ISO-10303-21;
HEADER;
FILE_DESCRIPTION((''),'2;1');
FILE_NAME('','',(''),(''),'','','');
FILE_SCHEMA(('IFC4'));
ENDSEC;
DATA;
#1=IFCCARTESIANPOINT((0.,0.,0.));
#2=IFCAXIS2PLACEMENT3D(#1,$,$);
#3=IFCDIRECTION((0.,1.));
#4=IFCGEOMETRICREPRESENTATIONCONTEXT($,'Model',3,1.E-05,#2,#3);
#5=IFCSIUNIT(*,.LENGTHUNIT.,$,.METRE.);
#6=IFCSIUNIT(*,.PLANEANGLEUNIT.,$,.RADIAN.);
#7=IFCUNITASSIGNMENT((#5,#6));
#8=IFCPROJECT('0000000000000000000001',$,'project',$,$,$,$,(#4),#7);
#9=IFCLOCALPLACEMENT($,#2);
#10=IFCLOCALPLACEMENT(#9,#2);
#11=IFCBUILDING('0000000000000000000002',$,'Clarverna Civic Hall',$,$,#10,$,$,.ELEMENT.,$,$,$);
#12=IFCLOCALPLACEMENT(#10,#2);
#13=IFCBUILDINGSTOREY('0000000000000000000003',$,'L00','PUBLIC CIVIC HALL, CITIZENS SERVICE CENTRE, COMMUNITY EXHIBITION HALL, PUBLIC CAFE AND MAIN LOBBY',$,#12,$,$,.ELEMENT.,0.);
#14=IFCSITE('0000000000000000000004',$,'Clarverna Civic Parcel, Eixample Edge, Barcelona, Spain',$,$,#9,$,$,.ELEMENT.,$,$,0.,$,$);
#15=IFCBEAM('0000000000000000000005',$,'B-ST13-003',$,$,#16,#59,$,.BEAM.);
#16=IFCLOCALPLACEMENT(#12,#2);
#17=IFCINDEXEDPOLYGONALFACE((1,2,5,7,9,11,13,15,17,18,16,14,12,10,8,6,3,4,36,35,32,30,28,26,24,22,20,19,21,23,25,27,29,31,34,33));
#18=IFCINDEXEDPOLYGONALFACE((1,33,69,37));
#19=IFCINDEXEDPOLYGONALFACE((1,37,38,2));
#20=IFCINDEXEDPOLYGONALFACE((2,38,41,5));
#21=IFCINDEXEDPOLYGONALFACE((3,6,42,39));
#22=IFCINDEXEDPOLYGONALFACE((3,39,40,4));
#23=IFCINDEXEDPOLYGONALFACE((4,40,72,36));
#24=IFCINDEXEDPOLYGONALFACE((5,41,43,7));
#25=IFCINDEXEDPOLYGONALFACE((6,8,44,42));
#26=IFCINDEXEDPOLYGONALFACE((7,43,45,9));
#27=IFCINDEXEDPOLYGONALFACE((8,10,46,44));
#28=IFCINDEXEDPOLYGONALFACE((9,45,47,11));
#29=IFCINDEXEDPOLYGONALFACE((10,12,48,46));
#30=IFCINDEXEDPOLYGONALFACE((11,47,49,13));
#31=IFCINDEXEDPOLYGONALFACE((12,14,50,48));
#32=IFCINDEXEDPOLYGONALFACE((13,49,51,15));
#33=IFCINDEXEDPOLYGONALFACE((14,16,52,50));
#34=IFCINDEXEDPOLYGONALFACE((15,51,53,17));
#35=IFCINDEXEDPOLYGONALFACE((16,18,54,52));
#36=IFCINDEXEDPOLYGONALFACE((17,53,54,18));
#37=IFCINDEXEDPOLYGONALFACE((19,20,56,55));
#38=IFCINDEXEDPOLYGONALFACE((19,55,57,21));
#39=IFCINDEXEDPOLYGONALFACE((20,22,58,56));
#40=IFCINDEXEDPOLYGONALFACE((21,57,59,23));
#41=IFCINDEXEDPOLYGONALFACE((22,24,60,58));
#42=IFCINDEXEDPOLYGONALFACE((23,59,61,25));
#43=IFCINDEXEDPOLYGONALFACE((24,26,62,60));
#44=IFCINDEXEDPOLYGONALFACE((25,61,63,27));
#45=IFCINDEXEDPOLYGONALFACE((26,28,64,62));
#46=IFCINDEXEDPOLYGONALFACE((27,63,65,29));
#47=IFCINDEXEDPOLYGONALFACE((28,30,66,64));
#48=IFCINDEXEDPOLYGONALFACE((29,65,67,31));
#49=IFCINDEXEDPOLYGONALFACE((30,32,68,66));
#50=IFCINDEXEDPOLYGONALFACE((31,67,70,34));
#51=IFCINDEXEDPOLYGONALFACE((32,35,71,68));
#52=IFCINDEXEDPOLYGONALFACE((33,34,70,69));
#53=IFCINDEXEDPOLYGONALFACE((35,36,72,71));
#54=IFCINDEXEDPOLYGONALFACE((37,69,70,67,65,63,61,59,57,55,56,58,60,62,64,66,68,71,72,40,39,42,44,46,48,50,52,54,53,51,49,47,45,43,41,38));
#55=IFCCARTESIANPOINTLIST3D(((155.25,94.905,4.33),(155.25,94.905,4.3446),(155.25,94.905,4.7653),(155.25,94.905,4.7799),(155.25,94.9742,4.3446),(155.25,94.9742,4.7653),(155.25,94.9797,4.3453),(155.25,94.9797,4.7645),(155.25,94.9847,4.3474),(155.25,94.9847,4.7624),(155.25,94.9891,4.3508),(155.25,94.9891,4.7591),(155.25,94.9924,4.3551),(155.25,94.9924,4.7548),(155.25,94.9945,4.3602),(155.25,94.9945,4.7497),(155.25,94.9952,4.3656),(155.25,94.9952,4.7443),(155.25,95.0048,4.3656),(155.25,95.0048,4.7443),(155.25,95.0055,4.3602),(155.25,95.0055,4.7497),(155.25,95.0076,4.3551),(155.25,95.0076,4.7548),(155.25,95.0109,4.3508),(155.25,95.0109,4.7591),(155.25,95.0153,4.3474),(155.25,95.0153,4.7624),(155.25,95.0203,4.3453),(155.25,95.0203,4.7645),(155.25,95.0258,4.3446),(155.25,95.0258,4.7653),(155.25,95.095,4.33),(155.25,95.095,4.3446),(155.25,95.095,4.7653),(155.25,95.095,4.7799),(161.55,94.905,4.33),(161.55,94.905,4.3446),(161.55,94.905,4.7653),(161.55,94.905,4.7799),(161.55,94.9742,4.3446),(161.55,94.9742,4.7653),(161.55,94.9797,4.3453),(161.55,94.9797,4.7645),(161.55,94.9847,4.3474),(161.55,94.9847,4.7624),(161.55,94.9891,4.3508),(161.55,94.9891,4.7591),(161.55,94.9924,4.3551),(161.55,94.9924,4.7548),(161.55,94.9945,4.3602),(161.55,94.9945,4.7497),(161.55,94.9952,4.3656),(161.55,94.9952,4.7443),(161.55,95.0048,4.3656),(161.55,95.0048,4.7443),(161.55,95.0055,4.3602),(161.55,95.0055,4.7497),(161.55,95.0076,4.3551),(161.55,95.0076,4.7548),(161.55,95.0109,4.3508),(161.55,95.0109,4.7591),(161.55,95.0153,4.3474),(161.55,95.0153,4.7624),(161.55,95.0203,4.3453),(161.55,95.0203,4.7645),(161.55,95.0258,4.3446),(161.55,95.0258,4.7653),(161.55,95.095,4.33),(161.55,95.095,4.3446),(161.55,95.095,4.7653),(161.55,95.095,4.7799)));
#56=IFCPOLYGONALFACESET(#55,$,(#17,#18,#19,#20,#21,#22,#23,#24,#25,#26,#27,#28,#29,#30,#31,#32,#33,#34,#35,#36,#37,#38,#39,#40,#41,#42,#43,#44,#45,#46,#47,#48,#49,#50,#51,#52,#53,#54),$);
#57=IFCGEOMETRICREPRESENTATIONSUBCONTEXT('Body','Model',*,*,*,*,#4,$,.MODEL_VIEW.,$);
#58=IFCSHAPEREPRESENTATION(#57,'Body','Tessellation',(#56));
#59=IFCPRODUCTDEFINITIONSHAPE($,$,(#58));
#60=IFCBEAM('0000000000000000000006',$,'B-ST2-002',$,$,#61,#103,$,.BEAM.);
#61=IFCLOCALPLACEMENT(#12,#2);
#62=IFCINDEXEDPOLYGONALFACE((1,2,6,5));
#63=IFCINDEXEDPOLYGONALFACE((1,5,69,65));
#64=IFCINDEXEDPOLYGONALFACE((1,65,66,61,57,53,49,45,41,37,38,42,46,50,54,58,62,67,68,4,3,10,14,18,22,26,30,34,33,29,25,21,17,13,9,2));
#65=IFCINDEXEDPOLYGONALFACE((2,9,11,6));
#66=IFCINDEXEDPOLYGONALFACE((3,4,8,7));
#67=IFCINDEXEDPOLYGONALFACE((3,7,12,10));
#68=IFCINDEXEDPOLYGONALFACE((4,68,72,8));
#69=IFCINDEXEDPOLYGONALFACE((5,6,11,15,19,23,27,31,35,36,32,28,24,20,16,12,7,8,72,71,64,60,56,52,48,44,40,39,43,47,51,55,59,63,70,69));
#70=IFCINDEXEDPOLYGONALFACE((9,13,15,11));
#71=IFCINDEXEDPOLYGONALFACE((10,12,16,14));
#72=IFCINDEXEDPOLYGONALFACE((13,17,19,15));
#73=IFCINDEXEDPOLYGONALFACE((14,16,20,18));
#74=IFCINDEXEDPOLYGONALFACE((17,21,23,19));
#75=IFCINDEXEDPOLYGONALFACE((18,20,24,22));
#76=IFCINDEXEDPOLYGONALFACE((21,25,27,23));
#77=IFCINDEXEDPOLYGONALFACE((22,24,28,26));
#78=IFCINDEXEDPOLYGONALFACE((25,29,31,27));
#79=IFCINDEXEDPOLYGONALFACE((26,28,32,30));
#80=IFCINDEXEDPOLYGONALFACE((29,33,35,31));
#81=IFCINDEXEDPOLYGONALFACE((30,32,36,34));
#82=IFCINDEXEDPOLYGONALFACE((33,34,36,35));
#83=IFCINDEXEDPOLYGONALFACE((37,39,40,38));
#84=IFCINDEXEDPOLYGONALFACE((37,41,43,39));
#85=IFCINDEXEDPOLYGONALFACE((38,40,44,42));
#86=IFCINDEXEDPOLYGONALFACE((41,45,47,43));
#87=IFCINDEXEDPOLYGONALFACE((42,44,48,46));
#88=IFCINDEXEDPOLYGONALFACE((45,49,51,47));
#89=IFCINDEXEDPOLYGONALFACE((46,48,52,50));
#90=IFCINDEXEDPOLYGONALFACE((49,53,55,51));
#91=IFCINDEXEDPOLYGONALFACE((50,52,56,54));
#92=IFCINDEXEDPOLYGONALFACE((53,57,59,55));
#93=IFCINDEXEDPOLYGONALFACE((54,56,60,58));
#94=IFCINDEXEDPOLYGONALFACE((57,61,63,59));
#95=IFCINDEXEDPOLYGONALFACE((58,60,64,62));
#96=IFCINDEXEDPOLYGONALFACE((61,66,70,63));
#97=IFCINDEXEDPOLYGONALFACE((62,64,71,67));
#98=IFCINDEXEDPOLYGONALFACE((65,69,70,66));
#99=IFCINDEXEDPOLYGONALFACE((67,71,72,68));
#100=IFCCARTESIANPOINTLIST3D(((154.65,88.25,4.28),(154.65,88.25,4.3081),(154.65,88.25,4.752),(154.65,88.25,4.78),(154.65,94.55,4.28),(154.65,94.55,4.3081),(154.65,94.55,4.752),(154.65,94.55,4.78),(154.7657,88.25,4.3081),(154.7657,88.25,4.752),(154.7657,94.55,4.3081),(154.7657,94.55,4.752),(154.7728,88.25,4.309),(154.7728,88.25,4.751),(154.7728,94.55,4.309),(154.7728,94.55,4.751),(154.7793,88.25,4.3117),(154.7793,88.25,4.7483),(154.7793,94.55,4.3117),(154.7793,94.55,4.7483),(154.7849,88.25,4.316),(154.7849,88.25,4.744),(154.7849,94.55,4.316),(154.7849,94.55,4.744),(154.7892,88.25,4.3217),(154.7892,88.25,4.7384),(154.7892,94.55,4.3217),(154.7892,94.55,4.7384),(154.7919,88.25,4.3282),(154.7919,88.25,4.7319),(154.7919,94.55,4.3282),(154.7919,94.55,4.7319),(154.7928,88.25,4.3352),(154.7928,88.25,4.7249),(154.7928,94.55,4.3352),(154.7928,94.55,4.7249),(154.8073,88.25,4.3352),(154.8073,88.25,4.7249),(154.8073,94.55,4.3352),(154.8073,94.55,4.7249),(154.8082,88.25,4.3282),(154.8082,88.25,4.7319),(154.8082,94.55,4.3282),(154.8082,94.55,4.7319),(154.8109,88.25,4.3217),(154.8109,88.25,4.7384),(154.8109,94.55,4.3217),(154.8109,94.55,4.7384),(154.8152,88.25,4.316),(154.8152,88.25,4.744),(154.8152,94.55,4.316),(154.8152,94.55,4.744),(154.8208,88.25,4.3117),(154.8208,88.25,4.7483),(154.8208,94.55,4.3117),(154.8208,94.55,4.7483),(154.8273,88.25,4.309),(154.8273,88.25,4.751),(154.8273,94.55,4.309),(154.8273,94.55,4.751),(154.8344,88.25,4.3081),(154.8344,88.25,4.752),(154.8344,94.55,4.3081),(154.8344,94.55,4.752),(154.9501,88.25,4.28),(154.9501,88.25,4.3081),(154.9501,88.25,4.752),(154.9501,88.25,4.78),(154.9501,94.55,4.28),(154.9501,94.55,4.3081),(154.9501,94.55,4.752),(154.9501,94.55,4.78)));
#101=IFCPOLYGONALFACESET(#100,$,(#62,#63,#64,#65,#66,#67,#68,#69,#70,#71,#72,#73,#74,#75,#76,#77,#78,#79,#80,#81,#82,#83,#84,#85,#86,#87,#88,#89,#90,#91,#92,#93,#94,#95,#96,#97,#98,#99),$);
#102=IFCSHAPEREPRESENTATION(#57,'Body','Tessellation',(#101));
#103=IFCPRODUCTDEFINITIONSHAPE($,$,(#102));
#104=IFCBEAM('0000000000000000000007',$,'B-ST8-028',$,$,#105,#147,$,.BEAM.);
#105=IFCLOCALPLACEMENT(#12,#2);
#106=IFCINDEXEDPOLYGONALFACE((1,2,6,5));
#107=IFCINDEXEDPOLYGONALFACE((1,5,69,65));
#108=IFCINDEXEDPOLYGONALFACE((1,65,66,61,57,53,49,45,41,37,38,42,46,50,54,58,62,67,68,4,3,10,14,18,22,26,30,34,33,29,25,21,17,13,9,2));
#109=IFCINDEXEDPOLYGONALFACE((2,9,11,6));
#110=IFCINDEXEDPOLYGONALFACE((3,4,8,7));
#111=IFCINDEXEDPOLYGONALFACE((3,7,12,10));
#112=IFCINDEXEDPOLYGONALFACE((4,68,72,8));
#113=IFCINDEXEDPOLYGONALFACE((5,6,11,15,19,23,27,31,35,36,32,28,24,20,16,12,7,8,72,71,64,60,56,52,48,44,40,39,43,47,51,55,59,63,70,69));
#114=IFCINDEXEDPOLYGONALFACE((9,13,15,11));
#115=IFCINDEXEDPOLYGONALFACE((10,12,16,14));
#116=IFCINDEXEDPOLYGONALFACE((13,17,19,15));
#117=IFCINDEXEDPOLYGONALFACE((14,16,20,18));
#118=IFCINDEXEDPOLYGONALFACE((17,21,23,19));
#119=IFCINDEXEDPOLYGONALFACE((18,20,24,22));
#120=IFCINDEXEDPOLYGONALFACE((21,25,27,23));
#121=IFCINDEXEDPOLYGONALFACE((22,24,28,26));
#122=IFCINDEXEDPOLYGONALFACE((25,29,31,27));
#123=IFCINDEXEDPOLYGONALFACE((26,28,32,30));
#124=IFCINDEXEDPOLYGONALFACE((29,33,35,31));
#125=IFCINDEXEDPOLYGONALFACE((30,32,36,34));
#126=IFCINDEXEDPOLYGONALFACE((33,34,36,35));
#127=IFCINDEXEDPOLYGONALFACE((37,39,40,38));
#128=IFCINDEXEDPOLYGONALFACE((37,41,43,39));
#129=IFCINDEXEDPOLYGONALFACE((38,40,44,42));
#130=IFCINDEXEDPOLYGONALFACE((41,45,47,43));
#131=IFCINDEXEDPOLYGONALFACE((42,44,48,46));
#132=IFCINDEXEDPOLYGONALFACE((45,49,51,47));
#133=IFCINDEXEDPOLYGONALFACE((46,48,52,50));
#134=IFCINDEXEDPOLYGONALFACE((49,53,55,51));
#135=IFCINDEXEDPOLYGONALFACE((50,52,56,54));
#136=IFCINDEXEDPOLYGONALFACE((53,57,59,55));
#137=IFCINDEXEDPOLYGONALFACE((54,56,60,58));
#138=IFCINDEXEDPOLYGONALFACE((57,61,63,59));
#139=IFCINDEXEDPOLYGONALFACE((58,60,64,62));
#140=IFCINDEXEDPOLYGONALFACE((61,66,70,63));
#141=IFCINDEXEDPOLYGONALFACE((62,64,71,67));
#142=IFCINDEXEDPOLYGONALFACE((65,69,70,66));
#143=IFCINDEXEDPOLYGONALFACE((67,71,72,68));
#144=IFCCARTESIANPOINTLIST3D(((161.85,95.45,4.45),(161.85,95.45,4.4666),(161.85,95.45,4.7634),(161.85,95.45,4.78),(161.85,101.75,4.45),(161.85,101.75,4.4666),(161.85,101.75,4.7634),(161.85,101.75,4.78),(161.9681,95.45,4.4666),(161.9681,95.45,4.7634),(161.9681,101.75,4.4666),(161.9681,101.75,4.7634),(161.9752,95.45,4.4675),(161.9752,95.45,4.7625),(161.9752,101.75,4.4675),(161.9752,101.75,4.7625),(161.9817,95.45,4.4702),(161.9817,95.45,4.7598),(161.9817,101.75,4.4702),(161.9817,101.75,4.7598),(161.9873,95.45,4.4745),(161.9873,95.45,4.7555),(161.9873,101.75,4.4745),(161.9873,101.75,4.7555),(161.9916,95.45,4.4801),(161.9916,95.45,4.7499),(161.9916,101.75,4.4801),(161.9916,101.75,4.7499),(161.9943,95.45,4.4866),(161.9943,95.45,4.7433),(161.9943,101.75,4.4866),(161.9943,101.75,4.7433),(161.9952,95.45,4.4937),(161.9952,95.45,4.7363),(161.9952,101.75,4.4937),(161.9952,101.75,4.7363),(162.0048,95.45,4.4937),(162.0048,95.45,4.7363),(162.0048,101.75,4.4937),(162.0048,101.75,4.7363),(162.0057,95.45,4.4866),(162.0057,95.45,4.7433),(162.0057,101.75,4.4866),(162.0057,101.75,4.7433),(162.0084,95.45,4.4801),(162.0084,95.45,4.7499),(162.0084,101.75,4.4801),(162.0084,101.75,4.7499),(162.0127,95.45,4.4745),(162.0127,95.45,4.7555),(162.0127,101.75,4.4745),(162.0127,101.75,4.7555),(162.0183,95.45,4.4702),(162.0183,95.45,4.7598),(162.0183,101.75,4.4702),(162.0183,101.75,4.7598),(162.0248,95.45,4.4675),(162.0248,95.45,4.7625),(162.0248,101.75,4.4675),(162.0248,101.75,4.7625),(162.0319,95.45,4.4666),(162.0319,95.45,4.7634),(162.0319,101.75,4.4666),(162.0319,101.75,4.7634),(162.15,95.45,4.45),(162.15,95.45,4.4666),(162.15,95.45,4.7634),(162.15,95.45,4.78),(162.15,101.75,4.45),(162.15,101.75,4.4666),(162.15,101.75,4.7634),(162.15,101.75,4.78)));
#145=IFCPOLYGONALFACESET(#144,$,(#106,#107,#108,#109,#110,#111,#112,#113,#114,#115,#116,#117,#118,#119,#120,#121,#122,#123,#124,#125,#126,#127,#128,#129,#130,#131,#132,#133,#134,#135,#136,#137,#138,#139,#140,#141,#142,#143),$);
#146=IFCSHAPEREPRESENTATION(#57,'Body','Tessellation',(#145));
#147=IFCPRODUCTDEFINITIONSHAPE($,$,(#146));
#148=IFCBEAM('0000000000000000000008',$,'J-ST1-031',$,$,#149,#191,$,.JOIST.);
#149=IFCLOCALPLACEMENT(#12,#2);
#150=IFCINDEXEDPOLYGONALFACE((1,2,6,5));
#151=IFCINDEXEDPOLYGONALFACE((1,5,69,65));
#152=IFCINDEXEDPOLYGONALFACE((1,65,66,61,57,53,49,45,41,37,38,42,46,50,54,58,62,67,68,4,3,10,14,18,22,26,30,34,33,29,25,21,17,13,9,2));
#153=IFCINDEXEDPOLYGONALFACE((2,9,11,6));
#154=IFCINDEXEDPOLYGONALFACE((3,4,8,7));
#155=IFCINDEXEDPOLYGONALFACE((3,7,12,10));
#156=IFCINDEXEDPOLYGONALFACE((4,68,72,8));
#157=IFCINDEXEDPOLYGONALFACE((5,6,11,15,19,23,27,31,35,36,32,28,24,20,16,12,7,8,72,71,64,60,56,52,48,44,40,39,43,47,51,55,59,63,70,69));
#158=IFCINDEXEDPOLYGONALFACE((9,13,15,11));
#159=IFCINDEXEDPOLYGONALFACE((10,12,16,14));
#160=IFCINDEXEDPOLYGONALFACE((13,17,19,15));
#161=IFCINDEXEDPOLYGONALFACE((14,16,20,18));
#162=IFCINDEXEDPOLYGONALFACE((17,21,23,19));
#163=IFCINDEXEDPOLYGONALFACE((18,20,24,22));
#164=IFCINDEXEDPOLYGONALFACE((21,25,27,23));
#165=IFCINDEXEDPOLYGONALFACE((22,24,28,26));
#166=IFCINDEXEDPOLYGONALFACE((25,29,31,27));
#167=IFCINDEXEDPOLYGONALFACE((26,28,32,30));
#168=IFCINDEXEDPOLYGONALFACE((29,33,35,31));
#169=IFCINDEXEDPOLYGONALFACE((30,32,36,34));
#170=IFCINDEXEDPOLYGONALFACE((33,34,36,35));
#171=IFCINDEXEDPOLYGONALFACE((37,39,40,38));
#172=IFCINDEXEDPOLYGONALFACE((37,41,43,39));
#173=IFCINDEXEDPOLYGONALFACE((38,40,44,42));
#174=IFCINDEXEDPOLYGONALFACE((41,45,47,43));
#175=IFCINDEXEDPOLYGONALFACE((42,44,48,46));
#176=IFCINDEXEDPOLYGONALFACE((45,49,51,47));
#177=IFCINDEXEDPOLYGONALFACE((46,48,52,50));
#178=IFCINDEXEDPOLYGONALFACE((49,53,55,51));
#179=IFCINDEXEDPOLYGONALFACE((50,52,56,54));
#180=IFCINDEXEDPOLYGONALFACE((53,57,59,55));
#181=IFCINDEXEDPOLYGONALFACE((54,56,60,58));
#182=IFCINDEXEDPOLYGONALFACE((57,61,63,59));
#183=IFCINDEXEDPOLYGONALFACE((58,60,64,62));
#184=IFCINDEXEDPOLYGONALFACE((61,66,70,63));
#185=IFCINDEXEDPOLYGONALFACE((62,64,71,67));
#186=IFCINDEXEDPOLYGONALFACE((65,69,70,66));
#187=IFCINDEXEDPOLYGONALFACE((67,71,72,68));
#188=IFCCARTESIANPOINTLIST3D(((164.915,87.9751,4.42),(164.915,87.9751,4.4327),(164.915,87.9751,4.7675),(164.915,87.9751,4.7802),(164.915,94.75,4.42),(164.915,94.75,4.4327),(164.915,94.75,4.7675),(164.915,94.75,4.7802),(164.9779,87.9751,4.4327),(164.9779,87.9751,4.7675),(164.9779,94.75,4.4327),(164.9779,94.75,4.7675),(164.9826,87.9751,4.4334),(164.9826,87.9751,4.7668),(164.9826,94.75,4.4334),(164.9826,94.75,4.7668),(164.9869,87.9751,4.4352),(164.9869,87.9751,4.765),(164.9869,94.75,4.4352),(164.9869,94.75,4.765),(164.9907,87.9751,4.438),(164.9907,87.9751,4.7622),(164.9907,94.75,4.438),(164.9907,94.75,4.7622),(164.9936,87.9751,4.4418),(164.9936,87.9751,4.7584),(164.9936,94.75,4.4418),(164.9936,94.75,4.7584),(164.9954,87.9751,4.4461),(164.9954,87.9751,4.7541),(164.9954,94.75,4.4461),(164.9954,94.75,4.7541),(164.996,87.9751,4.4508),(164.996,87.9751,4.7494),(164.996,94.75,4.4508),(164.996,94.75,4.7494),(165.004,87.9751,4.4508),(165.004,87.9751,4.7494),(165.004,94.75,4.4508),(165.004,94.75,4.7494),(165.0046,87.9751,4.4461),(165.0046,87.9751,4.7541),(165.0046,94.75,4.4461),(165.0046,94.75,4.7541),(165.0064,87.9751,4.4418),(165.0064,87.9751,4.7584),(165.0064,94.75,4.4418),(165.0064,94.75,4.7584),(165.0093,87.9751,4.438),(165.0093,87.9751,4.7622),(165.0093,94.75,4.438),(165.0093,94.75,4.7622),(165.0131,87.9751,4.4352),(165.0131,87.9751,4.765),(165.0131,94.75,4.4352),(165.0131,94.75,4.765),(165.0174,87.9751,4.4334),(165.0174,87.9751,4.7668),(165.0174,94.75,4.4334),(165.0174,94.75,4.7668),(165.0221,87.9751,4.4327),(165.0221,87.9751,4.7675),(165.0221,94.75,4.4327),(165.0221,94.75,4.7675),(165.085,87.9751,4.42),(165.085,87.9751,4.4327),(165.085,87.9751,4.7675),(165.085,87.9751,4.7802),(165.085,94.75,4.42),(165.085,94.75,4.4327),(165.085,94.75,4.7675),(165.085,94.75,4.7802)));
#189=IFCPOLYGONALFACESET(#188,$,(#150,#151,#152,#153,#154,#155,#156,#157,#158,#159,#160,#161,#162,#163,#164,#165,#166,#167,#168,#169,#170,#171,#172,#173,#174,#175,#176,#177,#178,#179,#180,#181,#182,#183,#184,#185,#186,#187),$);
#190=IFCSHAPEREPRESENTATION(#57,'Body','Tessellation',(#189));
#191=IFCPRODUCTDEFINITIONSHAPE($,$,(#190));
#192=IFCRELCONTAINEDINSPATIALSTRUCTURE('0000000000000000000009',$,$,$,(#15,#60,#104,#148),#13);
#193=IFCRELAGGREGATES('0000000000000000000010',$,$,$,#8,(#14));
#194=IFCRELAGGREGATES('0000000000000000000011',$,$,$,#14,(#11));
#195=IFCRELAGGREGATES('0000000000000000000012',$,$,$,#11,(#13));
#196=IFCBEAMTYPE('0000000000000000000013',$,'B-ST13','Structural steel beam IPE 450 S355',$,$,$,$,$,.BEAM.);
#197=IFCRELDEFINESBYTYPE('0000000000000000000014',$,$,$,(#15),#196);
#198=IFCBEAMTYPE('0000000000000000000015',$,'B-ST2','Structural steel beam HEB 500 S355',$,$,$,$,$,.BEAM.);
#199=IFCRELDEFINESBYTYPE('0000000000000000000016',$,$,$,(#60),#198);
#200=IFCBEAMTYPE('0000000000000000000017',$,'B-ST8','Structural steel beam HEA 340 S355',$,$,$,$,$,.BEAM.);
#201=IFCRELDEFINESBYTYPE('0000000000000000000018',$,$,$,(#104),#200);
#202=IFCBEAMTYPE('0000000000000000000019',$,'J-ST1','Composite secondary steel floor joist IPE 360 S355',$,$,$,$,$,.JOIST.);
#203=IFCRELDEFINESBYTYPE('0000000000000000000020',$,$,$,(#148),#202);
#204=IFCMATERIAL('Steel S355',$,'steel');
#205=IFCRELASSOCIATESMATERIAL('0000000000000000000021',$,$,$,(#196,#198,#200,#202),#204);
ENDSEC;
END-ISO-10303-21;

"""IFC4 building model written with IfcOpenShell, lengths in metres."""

from ifc_helpers import new_model, si_unit, direction, frame, origin, origin_2d, place, context, subcontext, project, spatial, i_section, extrude, material, material_profile, profile_set, type_object, element, save


model = new_model("IFC4")

# Units and contexts
model_context = context("Model", 3, precision=1e-05, world=origin(), true_north=direction((0.0, 1.0)))
body_context = subcontext(model_context, "Body", "Model", "MODEL_VIEW")
ifc_project = project(units=[si_unit("LENGTHUNIT", "METRE"), si_unit("PLANEANGLEUNIT", "RADIAN")], contexts=[model_context])

# Site, building, storey
site_placement = place(None, origin())
site = spatial("IfcSite", under=ifc_project, at=site_placement, Name="Clarverna Civic Parcel, Eixample Edge, Barcelona, Spain", CompositionType="ELEMENT", RefElevation=0.0)
building_placement = place(site_placement, origin())
building = spatial("IfcBuilding", under=site, at=building_placement, Name="Clarverna Civic Hall", CompositionType="ELEMENT")
storey_placement = place(building_placement, origin())
storey = spatial("IfcBuildingStorey", under=building, at=storey_placement, Name="L00", Description="PUBLIC CIVIC HALL, CITIZENS SERVICE CENTRE, COMMUNITY EXHIBITION HALL, PUBLIC CAFE AND MAIN LOBBY", CompositionType="ELEMENT", Elevation=0.0)

# Beams
ifc_material_1 = material(Name="Steel S355", Category="steel")
ifc_material_profile_1 = material_profile(ifc_material_1, i_section(OverallWidth=0.1899, OverallDepth=0.45, WebThickness=0.0095, FlangeThickness=0.0146, FilletRadius=0.021, at=origin_2d()), Name="IPE 450")
ifc_profile_set_1 = profile_set([ifc_material_profile_1], Name="Steel S355")
beam_type_1 = type_object("IfcBeamType", Name="B-ST13", Description="Structural steel beam IPE 450 S355", PredefinedType="BEAM", material=ifc_profile_set_1)
beam_1_placement = place(storey_placement, frame((155.25, 95.0, 4.5549), z_axis=(1.0, 0.0, 0.0), x_axis=(0.0, 1.0, 0.0)))
element("IfcBeam", 1, at=beam_1_placement, inside=storey, type_object=beam_type_1, Name="B-ST13-003", PredefinedType="BEAM", context=body_context, shape_type="SweptSolid", body=[
    extrude(i_section(OverallWidth=0.1899, OverallDepth=0.45, WebThickness=0.0095, FlangeThickness=0.0146, FilletRadius=0.021, at=origin_2d()), origin(), (0.0, 0.0, 1.0), 6.3),
])
ifc_material_profile_2 = material_profile(ifc_material_1, i_section(OverallWidth=0.3, OverallDepth=0.5, WebThickness=0.0144, FlangeThickness=0.0281, FilletRadius=0.0271, at=origin_2d()), Name="HEB 500")
ifc_profile_set_2 = profile_set([ifc_material_profile_2], Name="Steel S355")
beam_type_2 = type_object("IfcBeamType", Name="B-ST2", Description="Structural steel beam HEB 500 S355", PredefinedType="BEAM", material=ifc_profile_set_2)
beam_2_placement = place(storey_placement, frame((154.8, 88.25, 4.53), z_axis=(0.0, 1.0, 0.0), x_axis=(-1.0, 0.0, 0.0)))
element("IfcBeam", 2, at=beam_2_placement, inside=storey, type_object=beam_type_2, Name="B-ST2-002", PredefinedType="BEAM", context=body_context, shape_type="SweptSolid", body=[
    extrude(i_section(OverallWidth=0.3, OverallDepth=0.5, WebThickness=0.0144, FlangeThickness=0.0281, FilletRadius=0.0271, at=origin_2d()), origin(), (0.0, 0.0, 1.0), 6.3),
])
ifc_material_profile_3 = material_profile(ifc_material_1, i_section(OverallWidth=0.3, OverallDepth=0.3301, WebThickness=0.0095, FlangeThickness=0.0166, FilletRadius=0.0271, at=origin_2d()), Name="HEA 340")
ifc_profile_set_3 = profile_set([ifc_material_profile_3], Name="Steel S355")
beam_type_3 = type_object("IfcBeamType", Name="B-ST8", Description="Structural steel beam HEA 340 S355", PredefinedType="BEAM", material=ifc_profile_set_3)
beam_3_placement = place(storey_placement, frame((162.0, 95.45, 4.615), z_axis=(0.0, 1.0, 0.0), x_axis=(-1.0, 0.0, 0.0)))
element("IfcBeam", 3, at=beam_3_placement, inside=storey, type_object=beam_type_3, Name="B-ST8-028", PredefinedType="BEAM", context=body_context, shape_type="SweptSolid", body=[
    extrude(i_section(OverallWidth=0.3, OverallDepth=0.3301, WebThickness=0.0095, FlangeThickness=0.0166, FilletRadius=0.0271, at=origin_2d()), origin(), (0.0, 0.0, 1.0), 6.3),
])
ifc_material_profile_4 = material_profile(ifc_material_1, i_section(OverallWidth=0.1699, OverallDepth=0.3601, WebThickness=0.0081, FlangeThickness=0.0127, FilletRadius=0.0181, at=origin_2d()), Name="IPE 360")
ifc_profile_set_4 = profile_set([ifc_material_profile_4], Name="Steel S355")
beam_type_4 = type_object("IfcBeamType", Name="J-ST1", Description="Composite secondary steel floor joist IPE 360 S355", PredefinedType="JOIST", material=ifc_profile_set_4)
beam_4_placement = place(storey_placement, frame((165.0, 87.9751, 4.6001), z_axis=(0.0, 1.0, 0.0), x_axis=(-1.0, 0.0, 0.0)))
element("IfcBeam", 4, at=beam_4_placement, inside=storey, type_object=beam_type_4, Name="J-ST1-031", PredefinedType="JOIST", context=body_context, shape_type="SweptSolid", body=[
    extrude(i_section(OverallWidth=0.1699, OverallDepth=0.3601, WebThickness=0.0081, FlangeThickness=0.0127, FilletRadius=0.0181, at=origin_2d()), origin(), (0.0, 0.0, 1.0), 6.7749),
])

save(model, "model.ifc")
